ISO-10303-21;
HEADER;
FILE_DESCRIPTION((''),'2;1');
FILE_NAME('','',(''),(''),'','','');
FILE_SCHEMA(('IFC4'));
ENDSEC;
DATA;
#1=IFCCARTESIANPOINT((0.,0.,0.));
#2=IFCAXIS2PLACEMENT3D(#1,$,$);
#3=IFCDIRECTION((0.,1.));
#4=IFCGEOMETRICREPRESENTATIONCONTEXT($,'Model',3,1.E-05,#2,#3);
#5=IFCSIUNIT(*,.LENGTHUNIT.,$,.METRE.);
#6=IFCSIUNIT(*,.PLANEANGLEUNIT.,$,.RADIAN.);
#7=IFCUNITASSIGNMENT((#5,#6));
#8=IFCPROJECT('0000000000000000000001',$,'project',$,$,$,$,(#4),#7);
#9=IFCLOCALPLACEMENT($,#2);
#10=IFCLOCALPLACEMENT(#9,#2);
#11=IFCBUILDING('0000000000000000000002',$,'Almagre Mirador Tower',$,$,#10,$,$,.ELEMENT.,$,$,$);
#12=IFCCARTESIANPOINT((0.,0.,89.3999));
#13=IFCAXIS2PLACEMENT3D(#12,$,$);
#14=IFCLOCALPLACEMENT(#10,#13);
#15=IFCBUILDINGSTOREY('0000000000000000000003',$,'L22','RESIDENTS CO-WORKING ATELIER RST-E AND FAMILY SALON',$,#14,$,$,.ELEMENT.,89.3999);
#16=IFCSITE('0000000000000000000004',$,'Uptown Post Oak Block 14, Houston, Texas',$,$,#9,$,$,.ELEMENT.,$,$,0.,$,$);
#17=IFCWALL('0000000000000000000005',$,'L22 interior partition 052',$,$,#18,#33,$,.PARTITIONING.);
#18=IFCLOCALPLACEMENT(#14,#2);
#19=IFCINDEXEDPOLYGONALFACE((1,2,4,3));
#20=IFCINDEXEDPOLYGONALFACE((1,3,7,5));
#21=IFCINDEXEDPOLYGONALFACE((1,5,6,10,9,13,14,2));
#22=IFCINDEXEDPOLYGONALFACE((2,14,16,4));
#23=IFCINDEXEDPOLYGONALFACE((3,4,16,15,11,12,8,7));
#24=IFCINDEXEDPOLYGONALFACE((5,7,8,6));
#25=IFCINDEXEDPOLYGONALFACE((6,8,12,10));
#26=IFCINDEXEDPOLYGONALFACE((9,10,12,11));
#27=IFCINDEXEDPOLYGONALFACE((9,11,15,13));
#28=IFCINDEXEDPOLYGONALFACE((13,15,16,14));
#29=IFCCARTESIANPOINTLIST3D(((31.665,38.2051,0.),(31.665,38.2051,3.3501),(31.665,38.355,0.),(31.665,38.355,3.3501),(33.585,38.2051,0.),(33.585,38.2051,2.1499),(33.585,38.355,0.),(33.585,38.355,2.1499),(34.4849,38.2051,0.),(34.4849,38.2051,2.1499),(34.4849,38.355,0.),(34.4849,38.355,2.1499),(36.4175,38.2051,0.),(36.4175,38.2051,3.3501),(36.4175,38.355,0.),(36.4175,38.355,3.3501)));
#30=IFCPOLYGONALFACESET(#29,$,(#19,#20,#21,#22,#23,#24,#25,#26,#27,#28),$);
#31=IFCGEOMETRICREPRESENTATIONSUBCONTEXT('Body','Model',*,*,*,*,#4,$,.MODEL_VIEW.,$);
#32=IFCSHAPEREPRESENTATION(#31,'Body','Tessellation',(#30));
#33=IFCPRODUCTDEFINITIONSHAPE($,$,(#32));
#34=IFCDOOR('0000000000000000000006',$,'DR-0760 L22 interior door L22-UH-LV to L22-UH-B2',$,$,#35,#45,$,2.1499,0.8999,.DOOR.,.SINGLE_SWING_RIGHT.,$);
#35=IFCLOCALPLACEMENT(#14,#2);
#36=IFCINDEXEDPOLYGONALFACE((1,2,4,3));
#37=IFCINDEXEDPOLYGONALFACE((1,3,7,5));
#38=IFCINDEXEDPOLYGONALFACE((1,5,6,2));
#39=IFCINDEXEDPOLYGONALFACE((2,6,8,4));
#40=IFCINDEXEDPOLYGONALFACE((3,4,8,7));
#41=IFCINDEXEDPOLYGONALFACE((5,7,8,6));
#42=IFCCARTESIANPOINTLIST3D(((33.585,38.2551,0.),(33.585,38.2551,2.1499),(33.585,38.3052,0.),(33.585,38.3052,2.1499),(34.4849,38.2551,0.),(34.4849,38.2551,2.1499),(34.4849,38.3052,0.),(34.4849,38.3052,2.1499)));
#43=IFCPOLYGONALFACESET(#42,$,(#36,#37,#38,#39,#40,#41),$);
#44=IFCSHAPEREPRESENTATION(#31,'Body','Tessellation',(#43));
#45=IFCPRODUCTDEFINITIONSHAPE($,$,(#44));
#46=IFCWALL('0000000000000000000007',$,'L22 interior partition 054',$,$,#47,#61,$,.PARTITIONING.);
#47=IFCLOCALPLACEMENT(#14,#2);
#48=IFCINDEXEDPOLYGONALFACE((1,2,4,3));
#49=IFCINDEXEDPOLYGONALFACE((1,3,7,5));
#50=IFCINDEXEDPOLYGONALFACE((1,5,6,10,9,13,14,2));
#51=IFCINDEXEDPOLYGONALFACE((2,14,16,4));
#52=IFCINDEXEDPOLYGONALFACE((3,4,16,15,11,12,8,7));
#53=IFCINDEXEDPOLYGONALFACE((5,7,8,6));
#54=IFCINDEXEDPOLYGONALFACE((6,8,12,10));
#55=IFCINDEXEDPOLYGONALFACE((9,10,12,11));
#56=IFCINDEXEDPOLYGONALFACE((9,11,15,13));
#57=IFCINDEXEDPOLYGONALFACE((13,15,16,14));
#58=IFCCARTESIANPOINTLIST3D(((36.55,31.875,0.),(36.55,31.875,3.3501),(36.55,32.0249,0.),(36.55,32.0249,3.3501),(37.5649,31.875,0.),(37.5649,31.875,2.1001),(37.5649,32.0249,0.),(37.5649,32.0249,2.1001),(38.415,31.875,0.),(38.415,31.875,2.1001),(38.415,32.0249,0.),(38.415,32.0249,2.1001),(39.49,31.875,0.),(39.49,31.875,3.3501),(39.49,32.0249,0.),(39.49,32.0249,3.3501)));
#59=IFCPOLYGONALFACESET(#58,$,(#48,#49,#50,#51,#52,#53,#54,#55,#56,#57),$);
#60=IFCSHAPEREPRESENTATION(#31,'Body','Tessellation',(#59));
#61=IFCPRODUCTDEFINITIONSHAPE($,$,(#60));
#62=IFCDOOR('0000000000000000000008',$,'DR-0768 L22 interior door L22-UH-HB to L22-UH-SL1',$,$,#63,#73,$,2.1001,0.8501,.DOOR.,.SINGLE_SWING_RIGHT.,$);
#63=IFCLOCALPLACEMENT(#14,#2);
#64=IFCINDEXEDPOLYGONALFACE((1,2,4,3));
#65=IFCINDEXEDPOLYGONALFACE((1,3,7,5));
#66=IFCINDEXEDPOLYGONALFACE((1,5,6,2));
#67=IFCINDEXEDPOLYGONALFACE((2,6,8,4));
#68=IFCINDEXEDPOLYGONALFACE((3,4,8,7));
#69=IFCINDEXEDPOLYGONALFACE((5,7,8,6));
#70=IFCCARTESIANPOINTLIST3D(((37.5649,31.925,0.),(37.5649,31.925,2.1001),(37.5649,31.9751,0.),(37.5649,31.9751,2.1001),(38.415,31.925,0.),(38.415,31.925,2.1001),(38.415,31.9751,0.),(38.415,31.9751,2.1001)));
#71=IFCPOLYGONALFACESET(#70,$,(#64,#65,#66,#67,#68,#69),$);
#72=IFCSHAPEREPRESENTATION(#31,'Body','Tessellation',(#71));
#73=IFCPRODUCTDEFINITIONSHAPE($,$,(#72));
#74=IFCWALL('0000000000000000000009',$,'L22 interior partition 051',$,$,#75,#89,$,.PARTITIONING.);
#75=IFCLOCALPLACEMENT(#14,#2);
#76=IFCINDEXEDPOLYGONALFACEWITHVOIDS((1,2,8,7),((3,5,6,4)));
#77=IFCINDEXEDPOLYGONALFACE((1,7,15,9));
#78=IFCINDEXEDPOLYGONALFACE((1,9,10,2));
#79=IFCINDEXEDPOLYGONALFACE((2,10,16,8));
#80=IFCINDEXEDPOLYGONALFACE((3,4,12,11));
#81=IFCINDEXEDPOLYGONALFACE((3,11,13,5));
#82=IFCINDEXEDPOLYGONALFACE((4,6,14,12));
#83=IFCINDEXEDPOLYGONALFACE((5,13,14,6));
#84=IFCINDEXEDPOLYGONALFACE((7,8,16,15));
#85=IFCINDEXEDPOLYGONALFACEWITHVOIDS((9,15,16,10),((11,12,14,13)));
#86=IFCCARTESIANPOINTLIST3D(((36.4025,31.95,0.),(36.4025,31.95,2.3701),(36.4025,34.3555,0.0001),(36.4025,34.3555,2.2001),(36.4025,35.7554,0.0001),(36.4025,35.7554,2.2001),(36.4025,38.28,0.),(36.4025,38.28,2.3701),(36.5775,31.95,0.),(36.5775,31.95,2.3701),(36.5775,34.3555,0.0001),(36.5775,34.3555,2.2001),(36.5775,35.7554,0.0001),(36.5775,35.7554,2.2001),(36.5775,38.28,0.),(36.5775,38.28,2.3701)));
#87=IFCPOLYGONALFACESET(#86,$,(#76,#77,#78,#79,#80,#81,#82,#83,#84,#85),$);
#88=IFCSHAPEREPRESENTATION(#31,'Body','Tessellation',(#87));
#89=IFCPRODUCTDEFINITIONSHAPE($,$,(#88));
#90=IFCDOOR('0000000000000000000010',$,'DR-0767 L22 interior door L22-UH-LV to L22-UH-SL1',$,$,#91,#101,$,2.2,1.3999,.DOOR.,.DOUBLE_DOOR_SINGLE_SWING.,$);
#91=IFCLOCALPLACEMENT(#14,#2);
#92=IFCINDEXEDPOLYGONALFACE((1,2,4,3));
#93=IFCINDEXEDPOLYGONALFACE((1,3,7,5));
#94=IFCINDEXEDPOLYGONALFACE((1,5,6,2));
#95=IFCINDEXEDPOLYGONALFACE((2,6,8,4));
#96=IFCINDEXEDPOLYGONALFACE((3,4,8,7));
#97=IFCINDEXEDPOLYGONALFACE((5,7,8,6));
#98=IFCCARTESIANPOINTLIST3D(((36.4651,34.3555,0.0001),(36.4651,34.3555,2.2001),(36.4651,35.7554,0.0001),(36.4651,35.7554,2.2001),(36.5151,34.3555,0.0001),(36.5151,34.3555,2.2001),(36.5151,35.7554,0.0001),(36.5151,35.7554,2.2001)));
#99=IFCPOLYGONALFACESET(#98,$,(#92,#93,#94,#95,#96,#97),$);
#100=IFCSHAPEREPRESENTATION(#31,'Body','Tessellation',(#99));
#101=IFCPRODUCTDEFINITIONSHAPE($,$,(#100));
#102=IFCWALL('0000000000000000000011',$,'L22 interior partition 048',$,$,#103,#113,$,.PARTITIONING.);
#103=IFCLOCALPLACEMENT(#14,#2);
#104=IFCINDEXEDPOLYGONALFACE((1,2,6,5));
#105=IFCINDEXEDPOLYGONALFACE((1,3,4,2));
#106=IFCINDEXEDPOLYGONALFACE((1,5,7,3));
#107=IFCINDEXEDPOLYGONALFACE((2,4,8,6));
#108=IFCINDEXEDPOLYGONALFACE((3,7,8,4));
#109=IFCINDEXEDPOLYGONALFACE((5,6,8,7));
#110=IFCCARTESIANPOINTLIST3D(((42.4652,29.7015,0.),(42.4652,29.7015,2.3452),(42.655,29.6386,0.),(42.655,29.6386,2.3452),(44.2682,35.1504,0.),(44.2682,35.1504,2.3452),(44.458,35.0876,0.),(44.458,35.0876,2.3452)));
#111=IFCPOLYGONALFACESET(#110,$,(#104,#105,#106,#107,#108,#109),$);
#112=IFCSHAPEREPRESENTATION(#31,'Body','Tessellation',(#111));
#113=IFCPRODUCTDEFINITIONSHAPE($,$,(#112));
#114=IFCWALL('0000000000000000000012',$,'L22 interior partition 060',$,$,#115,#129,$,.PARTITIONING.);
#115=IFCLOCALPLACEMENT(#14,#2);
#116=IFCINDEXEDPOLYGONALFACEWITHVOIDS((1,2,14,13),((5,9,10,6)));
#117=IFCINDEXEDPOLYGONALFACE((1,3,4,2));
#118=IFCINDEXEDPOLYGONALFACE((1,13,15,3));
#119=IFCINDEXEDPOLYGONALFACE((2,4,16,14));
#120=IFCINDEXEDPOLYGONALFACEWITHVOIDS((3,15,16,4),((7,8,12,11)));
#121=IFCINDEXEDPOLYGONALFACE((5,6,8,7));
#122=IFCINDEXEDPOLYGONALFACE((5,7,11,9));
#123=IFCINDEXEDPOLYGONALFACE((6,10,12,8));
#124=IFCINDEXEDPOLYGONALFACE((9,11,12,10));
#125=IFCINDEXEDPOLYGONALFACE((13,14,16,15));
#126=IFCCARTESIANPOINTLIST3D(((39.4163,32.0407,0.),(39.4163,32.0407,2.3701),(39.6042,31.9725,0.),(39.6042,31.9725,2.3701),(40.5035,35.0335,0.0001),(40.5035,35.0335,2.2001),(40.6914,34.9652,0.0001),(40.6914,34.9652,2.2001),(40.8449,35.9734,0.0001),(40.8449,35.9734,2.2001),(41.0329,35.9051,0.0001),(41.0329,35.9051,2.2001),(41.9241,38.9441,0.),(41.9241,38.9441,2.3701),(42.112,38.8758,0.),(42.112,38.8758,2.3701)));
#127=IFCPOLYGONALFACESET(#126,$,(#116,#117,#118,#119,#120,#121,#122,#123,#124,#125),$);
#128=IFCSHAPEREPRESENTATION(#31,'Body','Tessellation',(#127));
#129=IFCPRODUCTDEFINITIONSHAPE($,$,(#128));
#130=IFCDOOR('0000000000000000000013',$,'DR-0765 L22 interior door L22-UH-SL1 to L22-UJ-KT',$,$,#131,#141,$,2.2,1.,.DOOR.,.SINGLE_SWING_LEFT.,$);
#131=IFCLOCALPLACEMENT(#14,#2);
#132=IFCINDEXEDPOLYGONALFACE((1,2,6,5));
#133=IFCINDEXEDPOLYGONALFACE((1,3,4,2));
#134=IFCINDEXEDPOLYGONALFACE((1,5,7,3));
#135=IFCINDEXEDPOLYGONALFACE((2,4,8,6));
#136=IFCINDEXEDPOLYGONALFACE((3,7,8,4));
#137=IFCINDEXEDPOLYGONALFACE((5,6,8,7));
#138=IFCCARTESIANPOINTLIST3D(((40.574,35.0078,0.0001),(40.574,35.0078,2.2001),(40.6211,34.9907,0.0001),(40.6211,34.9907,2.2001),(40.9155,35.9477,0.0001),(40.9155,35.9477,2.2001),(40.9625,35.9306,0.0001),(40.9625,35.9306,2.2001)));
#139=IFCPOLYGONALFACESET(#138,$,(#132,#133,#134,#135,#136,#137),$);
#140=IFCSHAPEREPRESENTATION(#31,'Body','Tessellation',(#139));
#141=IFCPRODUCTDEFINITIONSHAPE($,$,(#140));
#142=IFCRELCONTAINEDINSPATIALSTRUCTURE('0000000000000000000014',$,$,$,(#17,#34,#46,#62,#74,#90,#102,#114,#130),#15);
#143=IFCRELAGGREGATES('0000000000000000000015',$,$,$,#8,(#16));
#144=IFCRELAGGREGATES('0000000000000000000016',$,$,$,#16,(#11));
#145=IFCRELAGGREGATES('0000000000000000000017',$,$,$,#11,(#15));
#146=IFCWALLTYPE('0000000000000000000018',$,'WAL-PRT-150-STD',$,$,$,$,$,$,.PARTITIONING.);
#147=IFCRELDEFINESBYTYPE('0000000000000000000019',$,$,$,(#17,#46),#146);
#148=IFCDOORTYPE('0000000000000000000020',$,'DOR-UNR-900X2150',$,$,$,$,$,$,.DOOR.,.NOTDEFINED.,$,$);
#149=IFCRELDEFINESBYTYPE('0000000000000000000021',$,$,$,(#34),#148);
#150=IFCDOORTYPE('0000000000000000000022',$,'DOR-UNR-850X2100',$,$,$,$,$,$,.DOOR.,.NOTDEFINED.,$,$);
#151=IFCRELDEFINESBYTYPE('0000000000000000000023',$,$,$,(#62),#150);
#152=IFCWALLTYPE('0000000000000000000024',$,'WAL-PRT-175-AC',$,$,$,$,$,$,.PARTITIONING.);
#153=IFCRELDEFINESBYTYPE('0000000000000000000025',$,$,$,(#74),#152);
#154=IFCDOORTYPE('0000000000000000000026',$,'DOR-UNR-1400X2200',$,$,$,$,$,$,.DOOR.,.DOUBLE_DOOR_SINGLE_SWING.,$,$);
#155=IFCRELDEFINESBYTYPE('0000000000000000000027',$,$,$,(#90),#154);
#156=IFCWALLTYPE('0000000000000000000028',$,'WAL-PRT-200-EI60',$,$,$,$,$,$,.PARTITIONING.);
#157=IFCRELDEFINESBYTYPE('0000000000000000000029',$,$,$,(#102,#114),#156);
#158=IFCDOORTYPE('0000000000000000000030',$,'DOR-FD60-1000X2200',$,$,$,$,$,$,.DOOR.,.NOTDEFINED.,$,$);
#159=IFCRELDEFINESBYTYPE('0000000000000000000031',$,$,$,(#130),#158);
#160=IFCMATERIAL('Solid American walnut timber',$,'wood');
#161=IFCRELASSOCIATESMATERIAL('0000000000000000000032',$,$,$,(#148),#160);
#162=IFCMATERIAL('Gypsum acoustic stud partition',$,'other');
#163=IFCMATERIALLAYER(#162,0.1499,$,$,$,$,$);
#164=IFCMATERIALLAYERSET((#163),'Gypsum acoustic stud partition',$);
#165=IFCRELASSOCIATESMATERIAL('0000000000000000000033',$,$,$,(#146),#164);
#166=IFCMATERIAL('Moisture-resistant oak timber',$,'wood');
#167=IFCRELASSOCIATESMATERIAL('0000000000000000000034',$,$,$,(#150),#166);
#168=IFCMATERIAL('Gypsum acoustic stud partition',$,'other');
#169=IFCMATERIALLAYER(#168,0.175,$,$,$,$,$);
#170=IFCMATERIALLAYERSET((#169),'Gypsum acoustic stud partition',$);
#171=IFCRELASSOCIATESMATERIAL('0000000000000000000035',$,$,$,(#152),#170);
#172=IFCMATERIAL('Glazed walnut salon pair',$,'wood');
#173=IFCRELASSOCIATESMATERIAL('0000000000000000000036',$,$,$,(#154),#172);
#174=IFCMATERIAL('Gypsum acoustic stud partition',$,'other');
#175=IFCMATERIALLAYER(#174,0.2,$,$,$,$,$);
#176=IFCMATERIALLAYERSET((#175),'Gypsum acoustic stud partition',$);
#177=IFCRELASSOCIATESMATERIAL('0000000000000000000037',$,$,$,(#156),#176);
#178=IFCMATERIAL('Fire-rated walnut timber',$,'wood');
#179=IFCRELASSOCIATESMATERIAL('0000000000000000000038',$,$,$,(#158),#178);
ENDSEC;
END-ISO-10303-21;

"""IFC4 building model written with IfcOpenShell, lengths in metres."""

from ifc_helpers import new_model, si_unit, direction, frame, frame_2d, origin, place, context, subcontext, project, spatial, rectangle, extrude, material, layer, layer_set, type_object, element, fill, save


model = new_model("IFC4")

# Units and contexts
model_context = context("Model", 3, precision=1e-05, world=origin(), true_north=direction((0.0, 1.0)))
body_context = subcontext(model_context, "Body", "Model", "MODEL_VIEW")
ifc_project = project(units=[si_unit("LENGTHUNIT", "METRE"), si_unit("PLANEANGLEUNIT", "RADIAN")], contexts=[model_context])

# Site, building, storey
site_placement = place(None, origin())
site = spatial("IfcSite", under=ifc_project, at=site_placement, Name="Uptown Post Oak Block 14, Houston, Texas", CompositionType="ELEMENT", RefElevation=0.0)
building_placement = place(site_placement, origin())
building = spatial("IfcBuilding", under=site, at=building_placement, Name="Almagre Mirador Tower", CompositionType="ELEMENT")
storey_placement = place(building_placement, frame((0.0, 0.0, 89.3999)))
storey = spatial("IfcBuildingStorey", under=building, at=storey_placement, Name="L22", Description="RESIDENTS CO-WORKING ATELIER RST-E AND FAMILY SALON", CompositionType="ELEMENT", Elevation=89.3999)

# Walls, openings, doors
ifc_material_1 = material(Name="Solid American walnut timber", Category="wood")
door_type_1 = type_object("IfcDoorType", Name="DOR-UNR-900X2150", OperationType="NOTDEFINED", PredefinedType="DOOR", material=ifc_material_1)
ifc_material_2 = material(Name="Gypsum acoustic stud partition", Category="other")
ifc_layer_1 = layer(ifc_material_2, 0.1499)
ifc_layer_set_1 = layer_set([ifc_layer_1], Name="Gypsum acoustic stud partition")
wall_type_1 = type_object("IfcWallType", Name="WAL-PRT-150-STD", PredefinedType="PARTITIONING", material=ifc_layer_set_1)
wall_1_placement = place(storey_placement, frame((36.4175, 38.28, 0.0), z_axis=(0.0, 0.0, 1.0), x_axis=(-1.0, 0.0, 0.0)))
wall_1 = element("IfcWall", 1, at=wall_1_placement, inside=storey, type_object=wall_type_1, Name="L22 interior partition 052", PredefinedType="PARTITIONING", context=body_context, shape_type="SweptSolid", body=[
    extrude(rectangle(XDim=4.7524, YDim=0.1499, at=frame_2d((2.3762, 0.0))), origin(), (0.0, 0.0, 1.0), 3.3501),
])
opening_1_placement = place(wall_1_placement, frame((1.9326, 0.0, 0.0)))
opening_1 = element("IfcOpeningElement", 2, at=opening_1_placement, cuts=wall_1, PredefinedType="OPENING", context=body_context, shape_type="SweptSolid", body=[
    extrude(rectangle(XDim=0.8999, YDim=2.1499, at=frame_2d((0.45, 1.075))), frame((0.0, 0.085, 0.0), z_axis=(0.0, -1.0, 0.0), x_axis=(1.0, 0.0, 0.0)), (0.0, 0.0, 1.0), 0.1699),
])
door_1_placement = place(opening_1_placement, origin())
door_1 = element("IfcDoor", 3, at=door_1_placement, inside=storey, type_object=door_type_1, Name="DR-0760 L22 interior door L22-UH-LV to L22-UH-B2", OperationType="SINGLE_SWING_RIGHT", OverallHeight=2.1499, OverallWidth=0.8999, PredefinedType="DOOR", context=body_context, shape_type="SweptSolid", body=[
    extrude(rectangle(XDim=0.8999, YDim=2.1499, at=frame_2d((0.45, 1.075))), frame((0.0, 0.0249, 0.0), z_axis=(0.0, -1.0, 0.0), x_axis=(1.0, 0.0, 0.0)), (0.0, 0.0, 1.0), 0.05),
])
fill(opening_1, door_1)
wall_2_placement = place(storey_placement, frame((39.49, 31.95, 0.0), z_axis=(0.0, 0.0, 1.0), x_axis=(-1.0, 0.0, 0.0)))
wall_2 = element("IfcWall", 4, at=wall_2_placement, inside=storey, type_object=wall_type_1, Name="L22 interior partition 054", PredefinedType="PARTITIONING", context=body_context, shape_type="SweptSolid", body=[
    extrude(rectangle(XDim=2.9399, YDim=0.1499, at=frame_2d((1.47, 0.0))), origin(), (0.0, 0.0, 1.0), 3.3501),
])
opening_2_placement = place(wall_2_placement, frame((1.075, 0.0, 0.0)))
opening_2 = element("IfcOpeningElement", 5, at=opening_2_placement, cuts=wall_2, PredefinedType="OPENING", context=body_context, shape_type="SweptSolid", body=[
    extrude(rectangle(XDim=0.8501, YDim=2.1001, at=frame_2d((0.425, 1.05))), frame((0.0, 0.085, 0.0), z_axis=(0.0, -1.0, 0.0), x_axis=(1.0, 0.0, 0.0)), (0.0, 0.0, 1.0), 0.1699),
])
ifc_material_3 = material(Name="Moisture-resistant oak timber", Category="wood")
door_type_2 = type_object("IfcDoorType", Name="DOR-UNR-850X2100", OperationType="NOTDEFINED", PredefinedType="DOOR", material=ifc_material_3)
door_2_placement = place(opening_2_placement, origin())
door_2 = element("IfcDoor", 6, at=door_2_placement, inside=storey, type_object=door_type_2, Name="DR-0768 L22 interior door L22-UH-HB to L22-UH-SL1", OperationType="SINGLE_SWING_RIGHT", OverallHeight=2.1001, OverallWidth=0.8501, PredefinedType="DOOR", context=body_context, shape_type="SweptSolid", body=[
    extrude(rectangle(XDim=0.8501, YDim=2.1001, at=frame_2d((0.425, 1.05))), frame((0.0, 0.0249, 0.0), z_axis=(0.0, -1.0, 0.0), x_axis=(1.0, 0.0, 0.0)), (0.0, 0.0, 1.0), 0.05),
])
fill(opening_2, door_2)
ifc_material_4 = material(Name="Gypsum acoustic stud partition", Category="other")
ifc_layer_2 = layer(ifc_material_4, 0.175)
ifc_layer_set_2 = layer_set([ifc_layer_2], Name="Gypsum acoustic stud partition")
wall_type_2 = type_object("IfcWallType", Name="WAL-PRT-175-AC", PredefinedType="PARTITIONING", material=ifc_layer_set_2)
wall_3_placement = place(storey_placement, frame((36.49, 31.95, 0.0), z_axis=(0.0, 0.0, 1.0), x_axis=(0.0, 1.0, 0.0)))
wall_3 = element("IfcWall", 7, at=wall_3_placement, inside=storey, type_object=wall_type_2, Name="L22 interior partition 051", PredefinedType="PARTITIONING", context=body_context, shape_type="SweptSolid", body=[
    extrude(rectangle(XDim=6.3301, YDim=0.175, at=frame_2d((3.165, 0.0))), origin(), (0.0, 0.0, 1.0), 2.3701),
])
opening_3_placement = place(wall_3_placement, frame((2.4055, 0.0, 0.0)))
opening_3 = element("IfcOpeningElement", 8, at=opening_3_placement, cuts=wall_3, PredefinedType="OPENING", context=body_context, shape_type="SweptSolid", body=[
    extrude(rectangle(XDim=1.3999, YDim=2.2, at=frame_2d((0.7, 1.1001))), frame((0.0, 0.0974, 0.0), z_axis=(0.0, -1.0, 0.0), x_axis=(1.0, 0.0, 0.0)), (0.0, 0.0, 1.0), 0.195),
])
ifc_material_5 = material(Name="Glazed walnut salon pair", Category="wood")
door_type_3 = type_object("IfcDoorType", Name="DOR-UNR-1400X2200", OperationType="DOUBLE_DOOR_SINGLE_SWING", PredefinedType="DOOR", material=ifc_material_5)
door_3_placement = place(opening_3_placement, origin())
door_3 = element("IfcDoor", 9, at=door_3_placement, inside=storey, type_object=door_type_3, Name="DR-0767 L22 interior door L22-UH-LV to L22-UH-SL1", OperationType="DOUBLE_DOOR_SINGLE_SWING", OverallHeight=2.2, OverallWidth=1.3999, PredefinedType="DOOR", context=body_context, shape_type="SweptSolid", body=[
    extrude(rectangle(XDim=1.3999, YDim=2.2, at=frame_2d((0.7, 1.1001))), frame((0.0, 0.0249, 0.0), z_axis=(0.0, -1.0, 0.0), x_axis=(1.0, 0.0, 0.0)), (0.0, 0.0, 1.0), 0.05),
])
fill(opening_3, door_3)

# Wall
ifc_material_6 = material(Name="Gypsum acoustic stud partition", Category="other")
ifc_layer_3 = layer(ifc_material_6, 0.2)
ifc_layer_set_3 = layer_set([ifc_layer_3], Name="Gypsum acoustic stud partition")
wall_type_3 = type_object("IfcWallType", Name="WAL-PRT-200-EI60", PredefinedType="PARTITIONING", material=ifc_layer_set_3)
wall_4_placement = place(storey_placement, frame((44.363, 35.1189, 0.0), z_axis=(0.0, 0.0, 1.0), x_axis=(-0.314134, -0.949379, 0.0)))
element("IfcWall", 10, at=wall_4_placement, inside=storey, type_object=wall_type_3, Name="L22 interior partition 048", PredefinedType="PARTITIONING", context=body_context, shape_type="SweptSolid", body=[
    extrude(rectangle(XDim=5.7395, YDim=0.2, at=frame_2d((2.8696, 0.0))), origin(), (0.0, 0.0, 1.0), 2.3452),
])

# Wall, opening, door
wall_5_placement = place(storey_placement, frame((39.5103, 32.0066, 0.0), z_axis=(0.0, 0.0, 1.0), x_axis=(0.341444, 0.939902, 0.0)))
wall_5 = element("IfcWall", 11, at=wall_5_placement, inside=storey, type_object=wall_type_3, Name="L22 interior partition 060", PredefinedType="PARTITIONING", context=body_context, shape_type="SweptSolid", body=[
    extrude(rectangle(XDim=7.3447, YDim=0.2, at=frame_2d((3.6724, 0.0))), origin(), (0.0, 0.0, 1.0), 2.3701),
])
opening_4_placement = place(wall_5_placement, frame((3.1841, 0.0, 0.0)))
opening_4 = element("IfcOpeningElement", 12, at=opening_4_placement, cuts=wall_5, PredefinedType="OPENING", context=body_context, shape_type="SweptSolid", body=[
    extrude(rectangle(XDim=1.0, YDim=2.2, at=frame_2d((0.5, 1.1001))), frame((0.0, 0.1101, 0.0), z_axis=(0.0, -1.0, 0.0), x_axis=(1.0, 0.0, 0.0)), (0.0, 0.0, 1.0), 0.22),
])
ifc_material_7 = material(Name="Fire-rated walnut timber", Category="wood")
door_type_4 = type_object("IfcDoorType", Name="DOR-FD60-1000X2200", OperationType="NOTDEFINED", PredefinedType="DOOR", material=ifc_material_7)
door_4_placement = place(opening_4_placement, origin())
door_4 = element("IfcDoor", 13, at=door_4_placement, inside=storey, type_object=door_type_4, Name="DR-0765 L22 interior door L22-UH-SL1 to L22-UJ-KT", OperationType="SINGLE_SWING_LEFT", OverallHeight=2.2, OverallWidth=1.0, PredefinedType="DOOR", context=body_context, shape_type="SweptSolid", body=[
    extrude(rectangle(XDim=1.0, YDim=2.2, at=frame_2d((0.5, 1.1001))), frame((0.0, 0.0249, 0.0), z_axis=(0.0, -1.0, 0.0), x_axis=(1.0, 0.0, 0.0)), (0.0, 0.0, 1.0), 0.05),
])
fill(opening_4, door_4)

save(model, "model.ifc")
